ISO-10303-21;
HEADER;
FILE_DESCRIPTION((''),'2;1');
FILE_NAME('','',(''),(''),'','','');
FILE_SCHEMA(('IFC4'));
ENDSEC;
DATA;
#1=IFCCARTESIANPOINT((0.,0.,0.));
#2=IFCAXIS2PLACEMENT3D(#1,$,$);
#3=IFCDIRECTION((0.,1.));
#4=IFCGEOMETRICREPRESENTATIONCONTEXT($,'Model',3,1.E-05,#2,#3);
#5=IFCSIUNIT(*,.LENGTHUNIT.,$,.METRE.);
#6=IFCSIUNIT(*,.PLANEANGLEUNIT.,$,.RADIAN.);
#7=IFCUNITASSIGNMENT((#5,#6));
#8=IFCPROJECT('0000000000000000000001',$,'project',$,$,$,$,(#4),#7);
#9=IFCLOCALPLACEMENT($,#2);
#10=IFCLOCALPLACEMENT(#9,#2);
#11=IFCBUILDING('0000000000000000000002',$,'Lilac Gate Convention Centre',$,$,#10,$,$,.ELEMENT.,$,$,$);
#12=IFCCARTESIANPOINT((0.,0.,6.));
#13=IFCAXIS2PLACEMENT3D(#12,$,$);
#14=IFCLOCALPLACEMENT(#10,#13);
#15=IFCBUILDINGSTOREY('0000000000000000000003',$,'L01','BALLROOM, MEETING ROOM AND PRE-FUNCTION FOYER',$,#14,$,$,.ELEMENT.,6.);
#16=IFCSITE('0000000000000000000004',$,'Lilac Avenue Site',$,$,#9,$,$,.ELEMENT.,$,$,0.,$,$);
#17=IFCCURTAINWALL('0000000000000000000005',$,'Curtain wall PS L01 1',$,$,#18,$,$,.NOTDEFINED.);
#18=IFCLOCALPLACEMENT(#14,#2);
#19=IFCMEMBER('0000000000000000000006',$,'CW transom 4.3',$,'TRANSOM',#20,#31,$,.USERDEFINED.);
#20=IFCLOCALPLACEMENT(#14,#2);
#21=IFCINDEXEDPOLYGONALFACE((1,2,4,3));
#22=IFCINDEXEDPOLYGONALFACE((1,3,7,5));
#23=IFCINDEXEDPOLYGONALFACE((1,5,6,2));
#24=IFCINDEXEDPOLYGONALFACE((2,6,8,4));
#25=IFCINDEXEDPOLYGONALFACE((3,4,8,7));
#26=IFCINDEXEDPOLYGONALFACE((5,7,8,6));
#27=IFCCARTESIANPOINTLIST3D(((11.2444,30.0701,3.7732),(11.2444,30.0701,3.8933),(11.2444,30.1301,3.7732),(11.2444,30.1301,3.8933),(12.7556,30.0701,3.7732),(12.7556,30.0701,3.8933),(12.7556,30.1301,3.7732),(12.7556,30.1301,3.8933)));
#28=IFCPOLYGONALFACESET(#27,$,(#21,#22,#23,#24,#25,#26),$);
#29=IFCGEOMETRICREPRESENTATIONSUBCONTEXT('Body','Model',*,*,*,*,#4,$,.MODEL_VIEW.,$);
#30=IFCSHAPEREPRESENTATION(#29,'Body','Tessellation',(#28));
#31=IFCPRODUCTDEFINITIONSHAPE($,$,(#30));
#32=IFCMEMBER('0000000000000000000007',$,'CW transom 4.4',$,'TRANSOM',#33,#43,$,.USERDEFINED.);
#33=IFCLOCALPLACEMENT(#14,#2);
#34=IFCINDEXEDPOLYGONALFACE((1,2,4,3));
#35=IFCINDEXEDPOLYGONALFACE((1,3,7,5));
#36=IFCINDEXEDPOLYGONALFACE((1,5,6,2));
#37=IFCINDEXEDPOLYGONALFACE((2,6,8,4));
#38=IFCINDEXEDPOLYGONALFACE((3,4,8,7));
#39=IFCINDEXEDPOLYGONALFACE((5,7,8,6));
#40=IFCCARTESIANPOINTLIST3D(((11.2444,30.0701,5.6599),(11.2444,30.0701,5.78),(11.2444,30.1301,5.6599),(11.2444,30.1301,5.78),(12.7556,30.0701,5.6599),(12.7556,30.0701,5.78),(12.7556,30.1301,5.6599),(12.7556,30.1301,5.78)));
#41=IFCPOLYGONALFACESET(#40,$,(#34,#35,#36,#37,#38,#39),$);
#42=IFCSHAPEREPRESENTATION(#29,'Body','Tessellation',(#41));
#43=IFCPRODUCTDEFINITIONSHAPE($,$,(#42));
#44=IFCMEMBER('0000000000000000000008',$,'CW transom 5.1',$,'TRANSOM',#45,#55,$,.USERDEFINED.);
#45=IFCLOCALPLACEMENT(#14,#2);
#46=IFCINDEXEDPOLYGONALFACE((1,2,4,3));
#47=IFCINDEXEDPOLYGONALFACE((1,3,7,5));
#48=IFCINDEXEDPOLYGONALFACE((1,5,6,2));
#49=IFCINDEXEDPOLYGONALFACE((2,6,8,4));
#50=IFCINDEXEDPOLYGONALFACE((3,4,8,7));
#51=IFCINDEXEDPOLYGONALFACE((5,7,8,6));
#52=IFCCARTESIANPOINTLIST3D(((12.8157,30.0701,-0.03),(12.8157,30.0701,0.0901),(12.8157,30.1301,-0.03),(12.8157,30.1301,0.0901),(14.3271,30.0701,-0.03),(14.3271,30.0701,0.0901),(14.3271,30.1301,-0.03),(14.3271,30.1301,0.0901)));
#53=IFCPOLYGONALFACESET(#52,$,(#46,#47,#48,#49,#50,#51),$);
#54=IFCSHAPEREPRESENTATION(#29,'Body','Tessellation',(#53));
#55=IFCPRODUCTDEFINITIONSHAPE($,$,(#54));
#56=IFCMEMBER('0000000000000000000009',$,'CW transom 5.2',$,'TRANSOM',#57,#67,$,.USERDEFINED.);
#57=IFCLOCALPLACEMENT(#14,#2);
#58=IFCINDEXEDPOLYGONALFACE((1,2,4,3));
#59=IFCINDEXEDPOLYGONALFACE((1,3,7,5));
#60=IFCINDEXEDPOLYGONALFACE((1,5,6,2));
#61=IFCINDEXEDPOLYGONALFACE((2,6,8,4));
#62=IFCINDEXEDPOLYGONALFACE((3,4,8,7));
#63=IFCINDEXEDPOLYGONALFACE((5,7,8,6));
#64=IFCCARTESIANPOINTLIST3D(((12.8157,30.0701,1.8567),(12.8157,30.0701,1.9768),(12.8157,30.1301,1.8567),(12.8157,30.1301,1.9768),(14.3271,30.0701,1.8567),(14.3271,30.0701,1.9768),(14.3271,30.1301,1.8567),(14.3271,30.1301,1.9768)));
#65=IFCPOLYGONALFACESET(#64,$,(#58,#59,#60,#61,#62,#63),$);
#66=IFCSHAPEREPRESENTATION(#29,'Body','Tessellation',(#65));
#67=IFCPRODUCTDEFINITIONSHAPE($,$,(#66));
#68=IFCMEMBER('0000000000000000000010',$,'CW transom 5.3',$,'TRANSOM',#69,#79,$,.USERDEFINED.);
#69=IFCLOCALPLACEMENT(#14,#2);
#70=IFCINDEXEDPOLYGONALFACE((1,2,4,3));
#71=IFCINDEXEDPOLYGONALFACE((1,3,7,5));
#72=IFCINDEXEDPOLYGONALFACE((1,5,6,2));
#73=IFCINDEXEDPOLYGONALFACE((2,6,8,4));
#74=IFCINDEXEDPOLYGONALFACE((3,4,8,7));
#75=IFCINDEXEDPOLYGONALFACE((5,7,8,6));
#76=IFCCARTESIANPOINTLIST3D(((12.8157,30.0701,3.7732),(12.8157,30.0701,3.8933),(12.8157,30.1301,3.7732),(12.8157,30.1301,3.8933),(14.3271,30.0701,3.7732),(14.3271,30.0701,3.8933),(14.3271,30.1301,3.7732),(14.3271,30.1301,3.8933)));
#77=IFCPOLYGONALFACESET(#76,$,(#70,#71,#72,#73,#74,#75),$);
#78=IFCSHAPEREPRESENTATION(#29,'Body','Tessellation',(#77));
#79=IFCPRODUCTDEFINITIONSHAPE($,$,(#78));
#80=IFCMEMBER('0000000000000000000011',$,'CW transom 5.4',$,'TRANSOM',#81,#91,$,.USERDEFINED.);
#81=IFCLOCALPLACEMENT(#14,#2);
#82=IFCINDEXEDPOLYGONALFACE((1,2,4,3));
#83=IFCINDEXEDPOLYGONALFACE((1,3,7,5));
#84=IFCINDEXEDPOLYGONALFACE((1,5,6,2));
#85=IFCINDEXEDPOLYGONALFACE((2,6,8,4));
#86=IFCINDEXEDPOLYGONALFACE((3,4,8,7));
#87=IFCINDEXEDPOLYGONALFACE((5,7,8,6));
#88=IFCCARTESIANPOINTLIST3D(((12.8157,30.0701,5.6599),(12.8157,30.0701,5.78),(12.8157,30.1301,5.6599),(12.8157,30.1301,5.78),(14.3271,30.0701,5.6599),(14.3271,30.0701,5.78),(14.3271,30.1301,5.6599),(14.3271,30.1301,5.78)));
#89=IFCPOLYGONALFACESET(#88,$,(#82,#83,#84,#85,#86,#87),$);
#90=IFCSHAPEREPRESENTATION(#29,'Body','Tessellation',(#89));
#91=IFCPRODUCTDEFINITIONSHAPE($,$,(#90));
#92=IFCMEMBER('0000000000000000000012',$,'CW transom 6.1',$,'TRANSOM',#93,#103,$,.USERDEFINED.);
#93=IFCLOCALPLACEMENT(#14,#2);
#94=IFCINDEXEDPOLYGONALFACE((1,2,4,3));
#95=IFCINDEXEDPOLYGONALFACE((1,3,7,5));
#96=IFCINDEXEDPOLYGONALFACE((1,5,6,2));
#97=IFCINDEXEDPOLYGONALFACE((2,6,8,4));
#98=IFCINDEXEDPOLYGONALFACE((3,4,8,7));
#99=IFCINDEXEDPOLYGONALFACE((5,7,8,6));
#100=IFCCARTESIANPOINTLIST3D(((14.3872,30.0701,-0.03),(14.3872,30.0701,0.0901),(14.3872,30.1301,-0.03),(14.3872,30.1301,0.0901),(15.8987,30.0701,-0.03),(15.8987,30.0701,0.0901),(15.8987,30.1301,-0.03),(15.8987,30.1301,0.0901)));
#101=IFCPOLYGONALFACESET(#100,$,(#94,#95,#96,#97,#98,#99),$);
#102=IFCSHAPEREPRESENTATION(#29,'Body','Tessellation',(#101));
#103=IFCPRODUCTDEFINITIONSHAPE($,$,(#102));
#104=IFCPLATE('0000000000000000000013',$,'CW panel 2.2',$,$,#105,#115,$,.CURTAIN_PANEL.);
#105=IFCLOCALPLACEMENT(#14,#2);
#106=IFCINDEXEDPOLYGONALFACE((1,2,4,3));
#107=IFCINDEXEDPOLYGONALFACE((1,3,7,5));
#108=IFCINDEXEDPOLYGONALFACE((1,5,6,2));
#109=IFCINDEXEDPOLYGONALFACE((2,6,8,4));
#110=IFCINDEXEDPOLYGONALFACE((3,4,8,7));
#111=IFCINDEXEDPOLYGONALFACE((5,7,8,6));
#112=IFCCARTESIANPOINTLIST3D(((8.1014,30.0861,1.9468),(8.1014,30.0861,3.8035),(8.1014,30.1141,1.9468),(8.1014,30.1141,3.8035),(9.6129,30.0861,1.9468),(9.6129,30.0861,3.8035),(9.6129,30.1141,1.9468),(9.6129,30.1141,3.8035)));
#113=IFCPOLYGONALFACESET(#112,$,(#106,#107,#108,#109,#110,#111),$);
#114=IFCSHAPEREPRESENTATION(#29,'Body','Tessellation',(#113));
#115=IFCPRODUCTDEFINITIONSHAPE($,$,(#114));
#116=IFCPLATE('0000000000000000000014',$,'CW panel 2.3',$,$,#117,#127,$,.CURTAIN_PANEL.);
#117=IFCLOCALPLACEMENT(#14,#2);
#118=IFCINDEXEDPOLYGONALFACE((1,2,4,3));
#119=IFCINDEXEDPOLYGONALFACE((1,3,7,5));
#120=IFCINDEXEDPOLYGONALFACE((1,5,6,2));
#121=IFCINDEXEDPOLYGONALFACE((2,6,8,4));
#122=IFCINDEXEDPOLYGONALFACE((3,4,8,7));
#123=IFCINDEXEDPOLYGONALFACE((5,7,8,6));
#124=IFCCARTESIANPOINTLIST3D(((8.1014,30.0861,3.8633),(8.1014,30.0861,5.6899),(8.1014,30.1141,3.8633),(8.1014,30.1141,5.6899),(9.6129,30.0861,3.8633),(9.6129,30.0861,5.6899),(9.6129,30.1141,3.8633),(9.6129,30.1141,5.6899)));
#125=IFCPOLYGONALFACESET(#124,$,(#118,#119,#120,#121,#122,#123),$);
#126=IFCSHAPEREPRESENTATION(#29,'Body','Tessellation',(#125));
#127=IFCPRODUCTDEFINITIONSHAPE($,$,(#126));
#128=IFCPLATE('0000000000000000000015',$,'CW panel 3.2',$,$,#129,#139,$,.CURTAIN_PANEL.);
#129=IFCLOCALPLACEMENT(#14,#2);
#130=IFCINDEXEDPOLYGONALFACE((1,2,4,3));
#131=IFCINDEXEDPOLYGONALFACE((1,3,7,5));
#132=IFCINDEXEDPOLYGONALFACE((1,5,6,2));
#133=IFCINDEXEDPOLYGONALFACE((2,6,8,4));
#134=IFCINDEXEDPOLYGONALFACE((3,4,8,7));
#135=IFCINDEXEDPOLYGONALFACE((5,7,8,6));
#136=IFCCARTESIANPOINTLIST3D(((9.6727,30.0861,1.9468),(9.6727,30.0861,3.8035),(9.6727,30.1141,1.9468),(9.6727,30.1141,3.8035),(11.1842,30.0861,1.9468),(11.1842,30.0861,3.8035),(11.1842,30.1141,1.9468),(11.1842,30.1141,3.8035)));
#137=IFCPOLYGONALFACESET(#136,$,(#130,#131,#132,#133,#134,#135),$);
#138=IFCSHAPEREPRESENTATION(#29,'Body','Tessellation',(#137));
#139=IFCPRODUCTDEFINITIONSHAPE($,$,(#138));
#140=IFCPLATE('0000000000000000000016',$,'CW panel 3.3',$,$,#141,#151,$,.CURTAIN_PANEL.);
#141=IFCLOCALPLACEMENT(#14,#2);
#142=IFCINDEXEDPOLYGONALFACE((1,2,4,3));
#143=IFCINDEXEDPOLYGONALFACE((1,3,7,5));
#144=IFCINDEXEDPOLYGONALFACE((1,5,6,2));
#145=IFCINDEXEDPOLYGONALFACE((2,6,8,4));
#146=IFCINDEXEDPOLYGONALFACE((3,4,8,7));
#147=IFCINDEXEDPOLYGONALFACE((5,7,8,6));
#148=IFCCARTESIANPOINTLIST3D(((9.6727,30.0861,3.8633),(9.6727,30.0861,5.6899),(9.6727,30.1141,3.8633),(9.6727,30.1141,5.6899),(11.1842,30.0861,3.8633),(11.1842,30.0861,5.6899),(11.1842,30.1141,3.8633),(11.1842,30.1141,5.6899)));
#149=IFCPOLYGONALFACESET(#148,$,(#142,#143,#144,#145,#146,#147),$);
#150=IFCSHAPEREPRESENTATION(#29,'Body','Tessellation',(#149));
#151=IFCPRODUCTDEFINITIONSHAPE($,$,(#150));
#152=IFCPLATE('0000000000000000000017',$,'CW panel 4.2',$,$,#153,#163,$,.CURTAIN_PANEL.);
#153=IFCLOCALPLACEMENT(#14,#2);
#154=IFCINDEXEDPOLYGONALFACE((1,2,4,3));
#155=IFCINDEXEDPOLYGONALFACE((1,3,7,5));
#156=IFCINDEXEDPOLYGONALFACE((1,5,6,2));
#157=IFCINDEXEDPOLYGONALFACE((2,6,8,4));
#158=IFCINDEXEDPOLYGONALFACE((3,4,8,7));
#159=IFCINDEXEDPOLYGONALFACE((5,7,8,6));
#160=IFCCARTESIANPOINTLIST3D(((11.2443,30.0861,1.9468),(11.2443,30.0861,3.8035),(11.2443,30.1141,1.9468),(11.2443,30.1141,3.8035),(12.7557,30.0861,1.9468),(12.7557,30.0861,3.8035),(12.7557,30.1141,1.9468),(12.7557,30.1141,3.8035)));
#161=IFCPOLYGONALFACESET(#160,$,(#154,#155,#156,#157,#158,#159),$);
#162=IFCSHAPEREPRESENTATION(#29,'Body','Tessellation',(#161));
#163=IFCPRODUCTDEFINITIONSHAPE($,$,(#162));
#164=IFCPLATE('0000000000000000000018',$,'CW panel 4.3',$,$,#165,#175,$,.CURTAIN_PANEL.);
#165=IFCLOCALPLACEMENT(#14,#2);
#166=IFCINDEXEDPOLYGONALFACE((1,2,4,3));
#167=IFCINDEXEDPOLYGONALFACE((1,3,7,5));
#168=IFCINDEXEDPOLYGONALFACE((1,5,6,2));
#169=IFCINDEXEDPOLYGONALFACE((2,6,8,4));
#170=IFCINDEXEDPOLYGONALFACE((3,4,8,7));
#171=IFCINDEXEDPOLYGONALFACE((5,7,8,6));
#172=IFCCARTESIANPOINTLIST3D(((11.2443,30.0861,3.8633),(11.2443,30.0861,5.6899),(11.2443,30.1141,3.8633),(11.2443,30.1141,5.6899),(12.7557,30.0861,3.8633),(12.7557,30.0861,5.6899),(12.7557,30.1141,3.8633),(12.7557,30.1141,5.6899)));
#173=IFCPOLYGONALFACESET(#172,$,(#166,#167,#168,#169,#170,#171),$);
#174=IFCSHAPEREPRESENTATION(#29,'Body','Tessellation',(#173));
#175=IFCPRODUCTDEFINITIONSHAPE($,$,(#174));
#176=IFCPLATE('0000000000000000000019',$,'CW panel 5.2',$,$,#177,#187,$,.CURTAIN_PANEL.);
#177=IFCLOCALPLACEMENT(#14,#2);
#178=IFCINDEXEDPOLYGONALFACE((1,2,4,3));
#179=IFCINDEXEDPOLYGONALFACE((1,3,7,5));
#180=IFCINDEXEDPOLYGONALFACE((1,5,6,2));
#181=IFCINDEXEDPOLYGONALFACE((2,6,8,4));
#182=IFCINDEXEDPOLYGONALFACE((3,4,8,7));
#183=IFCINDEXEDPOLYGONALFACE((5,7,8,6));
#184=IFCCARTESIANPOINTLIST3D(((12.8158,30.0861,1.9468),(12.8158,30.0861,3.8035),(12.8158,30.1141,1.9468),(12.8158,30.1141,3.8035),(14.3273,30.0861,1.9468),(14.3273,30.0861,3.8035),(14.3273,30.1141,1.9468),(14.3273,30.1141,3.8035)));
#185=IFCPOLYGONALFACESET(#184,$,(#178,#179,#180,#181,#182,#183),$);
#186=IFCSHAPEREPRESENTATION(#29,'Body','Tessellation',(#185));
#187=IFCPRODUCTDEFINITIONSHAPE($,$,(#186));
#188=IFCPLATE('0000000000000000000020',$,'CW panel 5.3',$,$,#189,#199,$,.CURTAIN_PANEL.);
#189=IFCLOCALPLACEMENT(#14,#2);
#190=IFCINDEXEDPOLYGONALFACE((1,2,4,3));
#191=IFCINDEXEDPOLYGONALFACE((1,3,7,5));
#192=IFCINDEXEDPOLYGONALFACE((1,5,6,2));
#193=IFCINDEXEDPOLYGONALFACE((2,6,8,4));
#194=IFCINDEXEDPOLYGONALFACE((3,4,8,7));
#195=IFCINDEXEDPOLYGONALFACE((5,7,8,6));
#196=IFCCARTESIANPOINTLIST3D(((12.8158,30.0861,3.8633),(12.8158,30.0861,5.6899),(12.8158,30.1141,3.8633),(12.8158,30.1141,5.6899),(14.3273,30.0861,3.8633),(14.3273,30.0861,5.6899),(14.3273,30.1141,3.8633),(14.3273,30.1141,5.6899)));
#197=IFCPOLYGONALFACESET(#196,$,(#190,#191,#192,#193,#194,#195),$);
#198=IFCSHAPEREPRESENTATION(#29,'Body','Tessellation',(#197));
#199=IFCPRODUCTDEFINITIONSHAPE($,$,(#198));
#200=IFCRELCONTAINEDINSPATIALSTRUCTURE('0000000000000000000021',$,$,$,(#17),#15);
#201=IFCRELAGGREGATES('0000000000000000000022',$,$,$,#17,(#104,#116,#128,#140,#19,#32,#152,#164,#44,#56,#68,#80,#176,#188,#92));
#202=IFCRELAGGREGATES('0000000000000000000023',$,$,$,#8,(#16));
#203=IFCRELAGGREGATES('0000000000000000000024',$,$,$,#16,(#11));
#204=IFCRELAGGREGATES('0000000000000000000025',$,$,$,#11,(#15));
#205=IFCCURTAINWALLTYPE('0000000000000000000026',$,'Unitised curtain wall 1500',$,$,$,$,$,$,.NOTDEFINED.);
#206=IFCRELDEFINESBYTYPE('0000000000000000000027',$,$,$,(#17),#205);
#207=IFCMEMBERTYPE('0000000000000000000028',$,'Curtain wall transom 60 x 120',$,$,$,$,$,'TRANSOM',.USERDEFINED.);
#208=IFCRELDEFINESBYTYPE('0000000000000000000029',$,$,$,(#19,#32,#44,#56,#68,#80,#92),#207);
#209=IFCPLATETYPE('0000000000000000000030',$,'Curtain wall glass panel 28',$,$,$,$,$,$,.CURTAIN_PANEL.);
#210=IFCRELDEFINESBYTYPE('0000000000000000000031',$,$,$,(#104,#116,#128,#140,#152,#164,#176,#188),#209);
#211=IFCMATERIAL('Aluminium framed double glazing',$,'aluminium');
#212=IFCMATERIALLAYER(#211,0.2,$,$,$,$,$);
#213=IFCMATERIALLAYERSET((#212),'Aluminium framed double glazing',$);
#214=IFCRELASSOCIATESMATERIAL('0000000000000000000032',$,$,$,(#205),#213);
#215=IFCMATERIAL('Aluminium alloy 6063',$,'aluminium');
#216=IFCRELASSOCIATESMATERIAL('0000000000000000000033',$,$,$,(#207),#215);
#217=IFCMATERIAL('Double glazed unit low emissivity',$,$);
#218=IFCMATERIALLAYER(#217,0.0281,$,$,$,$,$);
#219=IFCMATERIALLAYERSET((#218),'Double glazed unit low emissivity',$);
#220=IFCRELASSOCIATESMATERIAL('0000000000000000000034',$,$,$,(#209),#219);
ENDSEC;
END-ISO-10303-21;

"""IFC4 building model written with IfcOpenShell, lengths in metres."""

from ifc_helpers import new_model, si_unit, direction, frame, origin, origin_2d, place, context, subcontext, project, spatial, rectangle, extrude, material, layer, layer_set, material_profile, profile_set, type_object, element, aggregate, save


model = new_model("IFC4")

# Units and contexts
model_context = context("Model", 3, precision=1e-05, world=origin(), true_north=direction((0.0, 1.0)))
body_context = subcontext(model_context, "Body", "Model", "MODEL_VIEW")
ifc_project = project(units=[si_unit("LENGTHUNIT", "METRE"), si_unit("PLANEANGLEUNIT", "RADIAN")], contexts=[model_context])

# Site, building, storey
site_placement = place(None, origin())
site = spatial("IfcSite", under=ifc_project, at=site_placement, Name="Lilac Avenue Site", CompositionType="ELEMENT", RefElevation=0.0)
building_placement = place(site_placement, origin())
building = spatial("IfcBuilding", under=site, at=building_placement, Name="Lilac Gate Convention Centre", CompositionType="ELEMENT")
storey_placement = place(building_placement, frame((0.0, 0.0, 6.0)))
storey = spatial("IfcBuildingStorey", under=building, at=storey_placement, Name="L01", Description="BALLROOM, MEETING ROOM AND PRE-FUNCTION FOYER", CompositionType="ELEMENT", Elevation=6.0)

# Curtain wall
ifc_material_1 = material(Name="Aluminium framed double glazing", Category="aluminium")
ifc_layer_1 = layer(ifc_material_1, 0.2)
ifc_layer_set_1 = layer_set([ifc_layer_1], Name="Aluminium framed double glazing")
curtain_wall_type = type_object("IfcCurtainWallType", Name="Unitised curtain wall 1500", PredefinedType="NOTDEFINED", material=ifc_layer_set_1)
curtain_wall_1_placement = place(storey_placement, origin())
curtain_wall_1 = element("IfcCurtainWall", 1, at=curtain_wall_1_placement, inside=storey, type_object=curtain_wall_type, Name="Curtain wall PS L01 1", PredefinedType="NOTDEFINED")
ifc_material_2 = material(Name="Aluminium alloy 6063", Category="aluminium")

# Members
ifc_material_profile_1 = material_profile(ifc_material_2, rectangle(XDim=0.0601, YDim=0.1201, at=origin_2d()), Name="Curtain wall transom 60 x 120")
ifc_profile_set_1 = profile_set([ifc_material_profile_1], Name="Aluminium alloy 6063")
member_type_1 = type_object("IfcMemberType", Name="Curtain wall transom 60 x 120", ElementType="TRANSOM", PredefinedType="USERDEFINED", material=ifc_profile_set_1)
member_1_placement = place(storey_placement, frame((11.2444, 30.1001, 3.8333), z_axis=(1.0, 0.0, 0.0), x_axis=(0.0, 1.0, 0.0)))
member_1 = element("IfcMember", 2, at=member_1_placement, type_object=member_type_1, Name="CW transom 4.3", ObjectType="TRANSOM", PredefinedType="USERDEFINED", context=body_context, shape_type="SweptSolid", body=[
    extrude(rectangle(XDim=0.0601, YDim=0.1201, at=origin_2d()), origin(), (0.0, 0.0, 1.0), 1.5112),
])
member_2_placement = place(storey_placement, frame((11.2444, 30.1001, 5.72), z_axis=(1.0, 0.0, 0.0), x_axis=(0.0, 1.0, 0.0)))
member_2 = element("IfcMember", 3, at=member_2_placement, type_object=member_type_1, Name="CW transom 4.4", ObjectType="TRANSOM", PredefinedType="USERDEFINED", context=body_context, shape_type="SweptSolid", body=[
    extrude(rectangle(XDim=0.0601, YDim=0.1201, at=origin_2d()), origin(), (0.0, 0.0, 1.0), 1.5112),
])
member_3_placement = place(storey_placement, frame((12.8157, 30.1001, 0.03), z_axis=(1.0, 0.0, 0.0), x_axis=(0.0, 1.0, 0.0)))
member_3 = element("IfcMember", 4, at=member_3_placement, type_object=member_type_1, Name="CW transom 5.1", ObjectType="TRANSOM", PredefinedType="USERDEFINED", context=body_context, shape_type="SweptSolid", body=[
    extrude(rectangle(XDim=0.0601, YDim=0.1201, at=origin_2d()), origin(), (0.0, 0.0, 1.0), 1.5115),
])
member_4_placement = place(storey_placement, frame((12.8157, 30.1001, 1.9167), z_axis=(1.0, 0.0, 0.0), x_axis=(0.0, 1.0, 0.0)))
member_4 = element("IfcMember", 5, at=member_4_placement, type_object=member_type_1, Name="CW transom 5.2", ObjectType="TRANSOM", PredefinedType="USERDEFINED", context=body_context, shape_type="SweptSolid", body=[
    extrude(rectangle(XDim=0.0601, YDim=0.1201, at=origin_2d()), origin(), (0.0, 0.0, 1.0), 1.5115),
])
member_5_placement = place(storey_placement, frame((12.8157, 30.1001, 3.8333), z_axis=(1.0, 0.0, 0.0), x_axis=(0.0, 1.0, 0.0)))
member_5 = element("IfcMember", 6, at=member_5_placement, type_object=member_type_1, Name="CW transom 5.3", ObjectType="TRANSOM", PredefinedType="USERDEFINED", context=body_context, shape_type="SweptSolid", body=[
    extrude(rectangle(XDim=0.0601, YDim=0.1201, at=origin_2d()), origin(), (0.0, 0.0, 1.0), 1.5115),
])
member_6_placement = place(storey_placement, frame((12.8157, 30.1001, 5.72), z_axis=(1.0, 0.0, 0.0), x_axis=(0.0, 1.0, 0.0)))
member_6 = element("IfcMember", 7, at=member_6_placement, type_object=member_type_1, Name="CW transom 5.4", ObjectType="TRANSOM", PredefinedType="USERDEFINED", context=body_context, shape_type="SweptSolid", body=[
    extrude(rectangle(XDim=0.0601, YDim=0.1201, at=origin_2d()), origin(), (0.0, 0.0, 1.0), 1.5115),
])
member_7_placement = place(storey_placement, frame((14.3872, 30.1001, 0.03), z_axis=(1.0, 0.0, 0.0), x_axis=(0.0, 1.0, 0.0)))
member_7 = element("IfcMember", 8, at=member_7_placement, type_object=member_type_1, Name="CW transom 6.1", ObjectType="TRANSOM", PredefinedType="USERDEFINED", context=body_context, shape_type="SweptSolid", body=[
    extrude(rectangle(XDim=0.0601, YDim=0.1201, at=origin_2d()), origin(), (0.0, 0.0, 1.0), 1.5115),
])

# Plates
ifc_material_3 = material(Name="Double glazed unit low emissivity")
ifc_layer_2 = layer(ifc_material_3, 0.0281)
ifc_layer_set_2 = layer_set([ifc_layer_2], Name="Double glazed unit low emissivity")
plate_type_1 = type_object("IfcPlateType", Name="Curtain wall glass panel 28", PredefinedType="CURTAIN_PANEL", material=ifc_layer_set_2)
plate_1_placement = place(storey_placement, frame((8.8572, 30.1001, 1.9468), z_axis=(0.0, 0.0, 1.0), x_axis=(1.0, 0.0, 0.0)))
plate_1 = element("IfcPlate", 9, at=plate_1_placement, type_object=plate_type_1, Name="CW panel 2.2", PredefinedType="CURTAIN_PANEL", context=body_context, shape_type="SweptSolid", body=[
    extrude(rectangle(XDim=1.5115, YDim=0.0281, at=origin_2d()), origin(), (0.0, 0.0, 1.0), 1.8567),
])
plate_2_placement = place(storey_placement, frame((8.8572, 30.1001, 3.8633), z_axis=(0.0, 0.0, 1.0), x_axis=(1.0, 0.0, 0.0)))
plate_2 = element("IfcPlate", 10, at=plate_2_placement, type_object=plate_type_1, Name="CW panel 2.3", PredefinedType="CURTAIN_PANEL", context=body_context, shape_type="SweptSolid", body=[
    extrude(rectangle(XDim=1.5115, YDim=0.0281, at=origin_2d()), origin(), (0.0, 0.0, 1.0), 1.8267),
])
plate_3_placement = place(storey_placement, frame((10.4285, 30.1001, 1.9468), z_axis=(0.0, 0.0, 1.0), x_axis=(1.0, 0.0, 0.0)))
plate_3 = element("IfcPlate", 11, at=plate_3_placement, type_object=plate_type_1, Name="CW panel 3.2", PredefinedType="CURTAIN_PANEL", context=body_context, shape_type="SweptSolid", body=[
    extrude(rectangle(XDim=1.5115, YDim=0.0281, at=origin_2d()), origin(), (0.0, 0.0, 1.0), 1.8567),
])
plate_4_placement = place(storey_placement, frame((10.4285, 30.1001, 3.8633), z_axis=(0.0, 0.0, 1.0), x_axis=(1.0, 0.0, 0.0)))
plate_4 = element("IfcPlate", 12, at=plate_4_placement, type_object=plate_type_1, Name="CW panel 3.3", PredefinedType="CURTAIN_PANEL", context=body_context, shape_type="SweptSolid", body=[
    extrude(rectangle(XDim=1.5115, YDim=0.0281, at=origin_2d()), origin(), (0.0, 0.0, 1.0), 1.8267),
])
plate_5_placement = place(storey_placement, frame((12.0, 30.1001, 1.9468), z_axis=(0.0, 0.0, 1.0), x_axis=(1.0, 0.0, 0.0)))
plate_5 = element("IfcPlate", 13, at=plate_5_placement, type_object=plate_type_1, Name="CW panel 4.2", PredefinedType="CURTAIN_PANEL", context=body_context, shape_type="SweptSolid", body=[
    extrude(rectangle(XDim=1.5115, YDim=0.0281, at=origin_2d()), origin(), (0.0, 0.0, 1.0), 1.8567),
])
plate_6_placement = place(storey_placement, frame((12.0, 30.1001, 3.8633), z_axis=(0.0, 0.0, 1.0), x_axis=(1.0, 0.0, 0.0)))
plate_6 = element("IfcPlate", 14, at=plate_6_placement, type_object=plate_type_1, Name="CW panel 4.3", PredefinedType="CURTAIN_PANEL", context=body_context, shape_type="SweptSolid", body=[
    extrude(rectangle(XDim=1.5115, YDim=0.0281, at=origin_2d()), origin(), (0.0, 0.0, 1.0), 1.8267),
])
plate_7_placement = place(storey_placement, frame((13.5715, 30.1001, 1.9468), z_axis=(0.0, 0.0, 1.0), x_axis=(1.0, 0.0, 0.0)))
plate_7 = element("IfcPlate", 15, at=plate_7_placement, type_object=plate_type_1, Name="CW panel 5.2", PredefinedType="CURTAIN_PANEL", context=body_context, shape_type="SweptSolid", body=[
    extrude(rectangle(XDim=1.5115, YDim=0.0281, at=origin_2d()), origin(), (0.0, 0.0, 1.0), 1.8567),
])
plate_8_placement = place(storey_placement, frame((13.5715, 30.1001, 3.8633), z_axis=(0.0, 0.0, 1.0), x_axis=(1.0, 0.0, 0.0)))
plate_8 = element("IfcPlate", 16, at=plate_8_placement, type_object=plate_type_1, Name="CW panel 5.3", PredefinedType="CURTAIN_PANEL", context=body_context, shape_type="SweptSolid", body=[
    extrude(rectangle(XDim=1.5115, YDim=0.0281, at=origin_2d()), origin(), (0.0, 0.0, 1.0), 1.8267),
])
aggregate(curtain_wall_1, [plate_1, plate_2, plate_3, plate_4, member_1, member_2, plate_5, plate_6, member_3, member_4, member_5, member_6, plate_7, plate_8, member_7])

save(model, "model.ifc")
